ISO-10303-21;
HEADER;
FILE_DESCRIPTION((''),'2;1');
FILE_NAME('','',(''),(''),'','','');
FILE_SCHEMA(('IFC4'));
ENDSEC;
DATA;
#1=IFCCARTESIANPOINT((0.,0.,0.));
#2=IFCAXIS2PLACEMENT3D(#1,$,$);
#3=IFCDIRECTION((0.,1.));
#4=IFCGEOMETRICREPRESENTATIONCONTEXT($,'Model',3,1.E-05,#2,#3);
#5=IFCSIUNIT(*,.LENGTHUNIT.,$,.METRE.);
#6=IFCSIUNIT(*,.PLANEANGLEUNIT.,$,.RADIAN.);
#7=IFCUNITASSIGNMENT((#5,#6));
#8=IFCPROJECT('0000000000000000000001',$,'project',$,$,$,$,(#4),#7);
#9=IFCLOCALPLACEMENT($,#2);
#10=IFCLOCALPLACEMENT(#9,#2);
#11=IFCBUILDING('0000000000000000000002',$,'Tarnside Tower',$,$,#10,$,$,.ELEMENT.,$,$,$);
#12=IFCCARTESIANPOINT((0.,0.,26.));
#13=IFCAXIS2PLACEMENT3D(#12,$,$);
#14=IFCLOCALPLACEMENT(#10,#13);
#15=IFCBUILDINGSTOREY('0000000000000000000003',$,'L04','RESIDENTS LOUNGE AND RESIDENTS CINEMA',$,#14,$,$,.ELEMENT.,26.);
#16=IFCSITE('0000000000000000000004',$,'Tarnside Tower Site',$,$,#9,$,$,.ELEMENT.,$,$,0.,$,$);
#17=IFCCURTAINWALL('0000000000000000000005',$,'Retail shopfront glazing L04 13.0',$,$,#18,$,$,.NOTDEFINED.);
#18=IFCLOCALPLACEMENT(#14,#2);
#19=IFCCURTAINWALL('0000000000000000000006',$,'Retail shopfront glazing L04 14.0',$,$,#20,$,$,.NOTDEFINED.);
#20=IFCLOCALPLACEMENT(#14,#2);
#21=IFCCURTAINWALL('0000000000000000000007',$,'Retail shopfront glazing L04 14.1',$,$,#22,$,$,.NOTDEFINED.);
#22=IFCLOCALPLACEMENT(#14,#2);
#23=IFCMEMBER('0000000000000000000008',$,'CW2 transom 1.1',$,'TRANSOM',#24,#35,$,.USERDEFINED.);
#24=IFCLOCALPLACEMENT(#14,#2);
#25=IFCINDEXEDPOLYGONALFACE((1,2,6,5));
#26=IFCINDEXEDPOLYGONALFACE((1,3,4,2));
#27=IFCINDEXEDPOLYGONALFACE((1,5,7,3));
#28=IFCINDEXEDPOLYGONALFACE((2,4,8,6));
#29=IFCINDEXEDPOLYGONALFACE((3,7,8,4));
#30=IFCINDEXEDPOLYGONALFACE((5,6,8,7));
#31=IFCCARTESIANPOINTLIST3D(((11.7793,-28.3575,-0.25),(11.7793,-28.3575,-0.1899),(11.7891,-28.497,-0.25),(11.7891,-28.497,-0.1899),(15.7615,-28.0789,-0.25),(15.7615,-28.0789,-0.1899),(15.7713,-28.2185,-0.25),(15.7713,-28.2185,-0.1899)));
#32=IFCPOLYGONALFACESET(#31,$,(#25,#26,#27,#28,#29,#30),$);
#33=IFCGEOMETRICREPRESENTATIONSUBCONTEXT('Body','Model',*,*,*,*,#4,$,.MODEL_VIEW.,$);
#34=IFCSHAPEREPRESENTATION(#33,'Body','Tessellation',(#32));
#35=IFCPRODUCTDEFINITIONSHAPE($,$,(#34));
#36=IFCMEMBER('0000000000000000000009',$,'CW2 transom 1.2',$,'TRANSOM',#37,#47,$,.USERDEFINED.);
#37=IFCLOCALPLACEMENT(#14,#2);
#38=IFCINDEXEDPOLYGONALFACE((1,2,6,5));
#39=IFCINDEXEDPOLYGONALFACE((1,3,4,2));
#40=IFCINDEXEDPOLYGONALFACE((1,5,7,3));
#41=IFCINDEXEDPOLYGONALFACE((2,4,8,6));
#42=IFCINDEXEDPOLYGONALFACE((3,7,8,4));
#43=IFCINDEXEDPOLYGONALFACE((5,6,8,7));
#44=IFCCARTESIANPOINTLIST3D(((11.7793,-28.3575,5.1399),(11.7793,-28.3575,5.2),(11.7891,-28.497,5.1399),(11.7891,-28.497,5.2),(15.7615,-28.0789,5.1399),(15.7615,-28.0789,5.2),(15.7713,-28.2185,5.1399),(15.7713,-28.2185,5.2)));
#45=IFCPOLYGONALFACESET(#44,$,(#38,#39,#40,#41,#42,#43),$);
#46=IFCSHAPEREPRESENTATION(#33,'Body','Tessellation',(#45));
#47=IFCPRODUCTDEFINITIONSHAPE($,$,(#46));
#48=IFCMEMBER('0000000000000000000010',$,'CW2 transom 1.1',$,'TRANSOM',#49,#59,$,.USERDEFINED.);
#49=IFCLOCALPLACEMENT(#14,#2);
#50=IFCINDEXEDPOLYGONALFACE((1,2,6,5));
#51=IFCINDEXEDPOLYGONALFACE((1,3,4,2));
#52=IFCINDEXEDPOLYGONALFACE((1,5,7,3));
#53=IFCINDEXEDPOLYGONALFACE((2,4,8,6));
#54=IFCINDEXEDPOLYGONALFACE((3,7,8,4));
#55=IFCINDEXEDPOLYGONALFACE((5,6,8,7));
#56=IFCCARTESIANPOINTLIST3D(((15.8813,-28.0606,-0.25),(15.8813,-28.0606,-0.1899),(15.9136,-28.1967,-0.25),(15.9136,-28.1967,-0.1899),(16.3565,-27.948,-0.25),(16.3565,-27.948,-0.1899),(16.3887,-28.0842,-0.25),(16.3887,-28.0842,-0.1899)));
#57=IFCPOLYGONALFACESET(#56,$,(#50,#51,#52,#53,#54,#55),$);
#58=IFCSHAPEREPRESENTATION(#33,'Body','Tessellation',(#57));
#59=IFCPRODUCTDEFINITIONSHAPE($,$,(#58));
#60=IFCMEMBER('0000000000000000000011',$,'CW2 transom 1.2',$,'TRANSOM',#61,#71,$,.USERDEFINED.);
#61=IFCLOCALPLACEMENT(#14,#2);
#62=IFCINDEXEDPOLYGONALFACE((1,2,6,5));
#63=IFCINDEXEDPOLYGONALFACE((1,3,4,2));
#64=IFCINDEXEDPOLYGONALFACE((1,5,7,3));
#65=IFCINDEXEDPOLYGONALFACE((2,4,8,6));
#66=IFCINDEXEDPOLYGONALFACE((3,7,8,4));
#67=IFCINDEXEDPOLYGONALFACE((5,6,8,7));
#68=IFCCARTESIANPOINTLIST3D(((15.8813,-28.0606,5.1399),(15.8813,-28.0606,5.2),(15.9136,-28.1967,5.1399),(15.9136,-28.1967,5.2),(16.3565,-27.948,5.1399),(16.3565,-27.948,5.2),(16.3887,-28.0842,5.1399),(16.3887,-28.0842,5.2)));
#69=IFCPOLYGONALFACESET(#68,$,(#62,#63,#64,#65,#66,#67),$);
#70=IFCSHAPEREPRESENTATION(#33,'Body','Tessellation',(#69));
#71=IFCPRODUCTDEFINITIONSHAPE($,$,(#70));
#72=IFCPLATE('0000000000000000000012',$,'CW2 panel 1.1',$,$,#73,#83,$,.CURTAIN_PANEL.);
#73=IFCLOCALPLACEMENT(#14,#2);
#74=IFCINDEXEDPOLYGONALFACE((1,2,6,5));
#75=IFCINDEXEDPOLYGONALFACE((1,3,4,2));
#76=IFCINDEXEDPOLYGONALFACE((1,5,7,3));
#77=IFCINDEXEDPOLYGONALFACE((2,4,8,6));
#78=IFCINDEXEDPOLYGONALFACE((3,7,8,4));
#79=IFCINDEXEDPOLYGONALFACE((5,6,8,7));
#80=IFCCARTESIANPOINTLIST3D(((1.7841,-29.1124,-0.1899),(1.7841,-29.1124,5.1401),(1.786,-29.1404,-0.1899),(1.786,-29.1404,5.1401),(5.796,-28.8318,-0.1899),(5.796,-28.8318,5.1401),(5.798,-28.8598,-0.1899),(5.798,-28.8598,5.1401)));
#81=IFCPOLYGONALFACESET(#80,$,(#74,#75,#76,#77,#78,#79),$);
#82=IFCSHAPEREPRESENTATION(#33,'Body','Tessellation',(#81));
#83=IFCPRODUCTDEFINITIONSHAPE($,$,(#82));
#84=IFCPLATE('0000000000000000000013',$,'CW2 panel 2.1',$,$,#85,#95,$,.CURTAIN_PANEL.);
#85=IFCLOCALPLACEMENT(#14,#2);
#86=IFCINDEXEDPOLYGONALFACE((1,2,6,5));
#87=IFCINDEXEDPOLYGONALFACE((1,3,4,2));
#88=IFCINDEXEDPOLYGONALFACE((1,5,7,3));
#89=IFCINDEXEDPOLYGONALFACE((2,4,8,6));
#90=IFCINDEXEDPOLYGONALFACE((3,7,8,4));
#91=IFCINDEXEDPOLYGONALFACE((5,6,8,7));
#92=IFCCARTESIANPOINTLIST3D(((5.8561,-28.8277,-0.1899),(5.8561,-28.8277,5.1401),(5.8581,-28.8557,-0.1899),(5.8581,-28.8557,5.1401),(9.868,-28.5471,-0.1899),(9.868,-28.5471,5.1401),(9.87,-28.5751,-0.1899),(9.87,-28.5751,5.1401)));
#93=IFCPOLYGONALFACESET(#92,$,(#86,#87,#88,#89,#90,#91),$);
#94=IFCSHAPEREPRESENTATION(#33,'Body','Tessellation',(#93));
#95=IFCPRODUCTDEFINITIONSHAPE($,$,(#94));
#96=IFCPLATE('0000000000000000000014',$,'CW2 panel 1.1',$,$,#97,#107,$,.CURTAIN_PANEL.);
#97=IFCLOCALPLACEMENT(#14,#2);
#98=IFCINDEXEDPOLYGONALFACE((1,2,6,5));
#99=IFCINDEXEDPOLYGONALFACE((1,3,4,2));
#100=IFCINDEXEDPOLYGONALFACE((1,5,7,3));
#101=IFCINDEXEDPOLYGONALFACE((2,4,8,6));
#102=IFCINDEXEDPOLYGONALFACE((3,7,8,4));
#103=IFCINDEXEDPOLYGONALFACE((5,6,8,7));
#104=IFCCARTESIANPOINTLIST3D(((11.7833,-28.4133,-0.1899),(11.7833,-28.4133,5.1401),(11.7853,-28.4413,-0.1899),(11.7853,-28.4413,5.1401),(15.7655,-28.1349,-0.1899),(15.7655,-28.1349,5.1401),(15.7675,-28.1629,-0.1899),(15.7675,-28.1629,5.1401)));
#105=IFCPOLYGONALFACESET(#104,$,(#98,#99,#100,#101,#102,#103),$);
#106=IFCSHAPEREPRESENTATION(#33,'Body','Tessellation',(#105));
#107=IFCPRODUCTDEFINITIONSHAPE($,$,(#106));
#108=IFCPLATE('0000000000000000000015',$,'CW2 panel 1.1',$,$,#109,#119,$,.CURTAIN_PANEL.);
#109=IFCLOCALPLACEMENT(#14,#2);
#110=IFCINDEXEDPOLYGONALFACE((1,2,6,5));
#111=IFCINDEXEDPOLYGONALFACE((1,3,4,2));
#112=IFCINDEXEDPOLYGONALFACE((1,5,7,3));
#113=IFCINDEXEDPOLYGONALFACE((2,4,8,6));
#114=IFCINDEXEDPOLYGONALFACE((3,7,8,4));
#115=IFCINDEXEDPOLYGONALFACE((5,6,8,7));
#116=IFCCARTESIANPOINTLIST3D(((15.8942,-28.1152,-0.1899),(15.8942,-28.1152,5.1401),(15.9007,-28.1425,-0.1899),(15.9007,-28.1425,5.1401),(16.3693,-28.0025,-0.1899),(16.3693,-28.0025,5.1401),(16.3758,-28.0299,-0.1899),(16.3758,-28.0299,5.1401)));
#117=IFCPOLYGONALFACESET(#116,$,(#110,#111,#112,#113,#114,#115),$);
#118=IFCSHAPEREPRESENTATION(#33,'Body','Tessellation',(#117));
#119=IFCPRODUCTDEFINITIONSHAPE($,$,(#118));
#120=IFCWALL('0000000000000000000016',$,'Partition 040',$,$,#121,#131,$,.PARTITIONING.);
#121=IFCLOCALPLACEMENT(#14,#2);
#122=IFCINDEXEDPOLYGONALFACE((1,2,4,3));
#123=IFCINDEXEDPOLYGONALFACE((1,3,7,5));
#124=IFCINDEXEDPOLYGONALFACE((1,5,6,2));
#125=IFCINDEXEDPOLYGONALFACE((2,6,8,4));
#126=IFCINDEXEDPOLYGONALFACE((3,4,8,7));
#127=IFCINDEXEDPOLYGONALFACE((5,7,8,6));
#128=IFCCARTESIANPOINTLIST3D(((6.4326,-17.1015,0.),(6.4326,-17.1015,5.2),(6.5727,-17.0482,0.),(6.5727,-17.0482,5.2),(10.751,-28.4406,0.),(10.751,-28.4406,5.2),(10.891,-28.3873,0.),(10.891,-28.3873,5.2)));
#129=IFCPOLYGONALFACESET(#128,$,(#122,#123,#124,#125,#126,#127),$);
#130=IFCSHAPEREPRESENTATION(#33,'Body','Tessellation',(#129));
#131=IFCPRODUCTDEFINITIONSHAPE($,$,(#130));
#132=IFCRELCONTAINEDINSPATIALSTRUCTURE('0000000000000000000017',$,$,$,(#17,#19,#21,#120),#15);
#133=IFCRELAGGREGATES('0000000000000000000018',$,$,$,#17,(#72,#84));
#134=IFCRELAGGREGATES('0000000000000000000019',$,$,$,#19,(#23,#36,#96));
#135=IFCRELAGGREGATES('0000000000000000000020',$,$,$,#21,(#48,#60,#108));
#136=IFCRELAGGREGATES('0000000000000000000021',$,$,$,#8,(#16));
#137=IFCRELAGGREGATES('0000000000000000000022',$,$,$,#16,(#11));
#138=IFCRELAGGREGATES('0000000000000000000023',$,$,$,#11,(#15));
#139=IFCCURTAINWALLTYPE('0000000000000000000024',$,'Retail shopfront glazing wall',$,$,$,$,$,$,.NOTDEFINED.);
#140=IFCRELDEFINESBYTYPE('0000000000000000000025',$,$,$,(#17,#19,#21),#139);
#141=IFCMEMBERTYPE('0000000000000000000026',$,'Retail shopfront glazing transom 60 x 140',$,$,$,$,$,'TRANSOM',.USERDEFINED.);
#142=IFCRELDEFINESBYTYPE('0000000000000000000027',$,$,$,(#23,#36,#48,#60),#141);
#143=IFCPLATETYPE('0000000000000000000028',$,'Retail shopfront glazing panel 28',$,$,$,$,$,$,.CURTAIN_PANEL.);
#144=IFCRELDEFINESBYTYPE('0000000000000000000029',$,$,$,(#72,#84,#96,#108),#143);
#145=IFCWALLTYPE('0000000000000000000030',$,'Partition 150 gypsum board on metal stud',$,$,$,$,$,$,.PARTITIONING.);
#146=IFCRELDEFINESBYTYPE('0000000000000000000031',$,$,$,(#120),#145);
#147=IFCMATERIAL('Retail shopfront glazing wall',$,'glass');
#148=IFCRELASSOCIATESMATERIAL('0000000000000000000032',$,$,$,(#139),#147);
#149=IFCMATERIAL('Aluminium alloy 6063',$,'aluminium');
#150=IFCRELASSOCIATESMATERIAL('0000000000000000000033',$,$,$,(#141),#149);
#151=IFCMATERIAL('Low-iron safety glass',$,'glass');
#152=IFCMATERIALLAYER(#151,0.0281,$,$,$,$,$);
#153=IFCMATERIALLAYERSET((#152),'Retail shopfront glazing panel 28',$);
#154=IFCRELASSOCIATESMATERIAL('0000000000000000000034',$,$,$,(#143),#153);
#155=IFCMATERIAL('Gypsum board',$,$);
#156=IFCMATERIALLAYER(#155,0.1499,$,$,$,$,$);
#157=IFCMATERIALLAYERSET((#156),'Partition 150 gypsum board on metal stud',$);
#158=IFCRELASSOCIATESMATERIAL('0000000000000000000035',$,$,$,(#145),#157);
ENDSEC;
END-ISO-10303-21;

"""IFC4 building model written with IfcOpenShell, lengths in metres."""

from ifc_helpers import new_model, si_unit, direction, frame, frame_2d, origin, origin_2d, place, context, subcontext, project, spatial, rectangle, extrude, material, layer, layer_set, material_profile, profile_set, type_object, element, aggregate, save


model = new_model("IFC4")

# Units and contexts
model_context = context("Model", 3, precision=1e-05, world=origin(), true_north=direction((0.0, 1.0)))
body_context = subcontext(model_context, "Body", "Model", "MODEL_VIEW")
ifc_project = project(units=[si_unit("LENGTHUNIT", "METRE"), si_unit("PLANEANGLEUNIT", "RADIAN")], contexts=[model_context])

# Site, building, storey
site_placement = place(None, origin())
site = spatial("IfcSite", under=ifc_project, at=site_placement, Name="Tarnside Tower Site", CompositionType="ELEMENT", RefElevation=0.0)
building_placement = place(site_placement, origin())
building = spatial("IfcBuilding", under=site, at=building_placement, Name="Tarnside Tower", CompositionType="ELEMENT")
storey_placement = place(building_placement, frame((0.0, 0.0, 26.0)))
storey = spatial("IfcBuildingStorey", under=building, at=storey_placement, Name="L04", Description="RESIDENTS LOUNGE AND RESIDENTS CINEMA", CompositionType="ELEMENT", Elevation=26.0)

# Curtain walls
ifc_material_1 = material(Name="Retail shopfront glazing wall", Category="glass")
curtain_wall_type = type_object("IfcCurtainWallType", Name="Retail shopfront glazing wall", PredefinedType="NOTDEFINED", material=ifc_material_1)
curtain_wall_1_placement = place(storey_placement, origin())
curtain_wall_1 = element("IfcCurtainWall", 1, at=curtain_wall_1_placement, inside=storey, type_object=curtain_wall_type, Name="Retail shopfront glazing L04 13.0", PredefinedType="NOTDEFINED")
ifc_material_2 = material(Name="Aluminium alloy 6063", Category="aluminium")
curtain_wall_2_placement = place(storey_placement, origin())
curtain_wall_2 = element("IfcCurtainWall", 2, at=curtain_wall_2_placement, inside=storey, type_object=curtain_wall_type, Name="Retail shopfront glazing L04 14.0", PredefinedType="NOTDEFINED")
curtain_wall_3_placement = place(storey_placement, origin())
curtain_wall_3 = element("IfcCurtainWall", 3, at=curtain_wall_3_placement, inside=storey, type_object=curtain_wall_type, Name="Retail shopfront glazing L04 14.1", PredefinedType="NOTDEFINED")

# Members
ifc_material_profile_1 = material_profile(ifc_material_2, rectangle(XDim=0.1399, YDim=0.0601, at=origin_2d()), Name="Retail shopfront glazing transom 60 x 140")
ifc_profile_set_1 = profile_set([ifc_material_profile_1], Name="Aluminium alloy 6063")
member_type_1 = type_object("IfcMemberType", Name="Retail shopfront glazing transom 60 x 140", ElementType="TRANSOM", PredefinedType="USERDEFINED", material=ifc_profile_set_1)
member_1_placement = place(storey_placement, frame((11.7842, -28.4272, -0.22), z_axis=(0.997562, 0.069782, 0.0), x_axis=(-0.069782, 0.997562, 0.0)))
member_1 = element("IfcMember", 4, at=member_1_placement, type_object=member_type_1, Name="CW2 transom 1.1", ObjectType="TRANSOM", PredefinedType="USERDEFINED", context=body_context, shape_type="SweptSolid", body=[
    extrude(rectangle(XDim=0.1399, YDim=0.0601, at=origin_2d()), origin(), (0.0, 0.0, 1.0), 3.9919),
])
member_2_placement = place(storey_placement, frame((11.7842, -28.4272, 5.1699), z_axis=(0.997562, 0.069782, 0.0), x_axis=(-0.069782, 0.997562, 0.0)))
member_2 = element("IfcMember", 5, at=member_2_placement, type_object=member_type_1, Name="CW2 transom 1.2", ObjectType="TRANSOM", PredefinedType="USERDEFINED", context=body_context, shape_type="SweptSolid", body=[
    extrude(rectangle(XDim=0.1399, YDim=0.0601, at=origin_2d()), origin(), (0.0, 0.0, 1.0), 3.9919),
])
member_3_placement = place(storey_placement, frame((15.8975, -28.1287, -0.22), z_axis=(0.973068, 0.230516, 0.0), x_axis=(-0.230516, 0.973068, 0.0)))
member_3 = element("IfcMember", 6, at=member_3_placement, type_object=member_type_1, Name="CW2 transom 1.1", ObjectType="TRANSOM", PredefinedType="USERDEFINED", context=body_context, shape_type="SweptSolid", body=[
    extrude(rectangle(XDim=0.1399, YDim=0.0601, at=origin_2d()), origin(), (0.0, 0.0, 1.0), 0.4883),
])
member_4_placement = place(storey_placement, frame((15.8975, -28.1287, 5.1699), z_axis=(0.973068, 0.230516, 0.0), x_axis=(-0.230516, 0.973068, 0.0)))
member_4 = element("IfcMember", 7, at=member_4_placement, type_object=member_type_1, Name="CW2 transom 1.2", ObjectType="TRANSOM", PredefinedType="USERDEFINED", context=body_context, shape_type="SweptSolid", body=[
    extrude(rectangle(XDim=0.1399, YDim=0.0601, at=origin_2d()), origin(), (0.0, 0.0, 1.0), 0.4883),
])

# Plates
ifc_material_3 = material(Name="Low-iron safety glass", Category="glass")
ifc_layer_1 = layer(ifc_material_3, 0.0281)
ifc_layer_set_1 = layer_set([ifc_layer_1], Name="Retail shopfront glazing panel 28")
plate_type = type_object("IfcPlateType", Name="Retail shopfront glazing panel 28", PredefinedType="CURTAIN_PANEL", material=ifc_layer_set_1)
plate_1_placement = place(storey_placement, frame((3.791, -28.9861, -0.1899), z_axis=(0.0, 0.0, 1.0), x_axis=(0.997564, 0.069756, 0.0)))
plate_1 = element("IfcPlate", 8, at=plate_1_placement, type_object=plate_type, Name="CW2 panel 1.1", PredefinedType="CURTAIN_PANEL", context=body_context, shape_type="SweptSolid", body=[
    extrude(rectangle(XDim=4.0217, YDim=0.0281, at=origin_2d()), origin(), (0.0, 0.0, 1.0), 5.3301),
])
plate_2_placement = place(storey_placement, frame((7.863, -28.7014, -0.1899), z_axis=(0.0, 0.0, 1.0), x_axis=(0.997564, 0.069756, 0.0)))
plate_2 = element("IfcPlate", 9, at=plate_2_placement, type_object=plate_type, Name="CW2 panel 2.1", PredefinedType="CURTAIN_PANEL", context=body_context, shape_type="SweptSolid", body=[
    extrude(rectangle(XDim=4.0217, YDim=0.0281, at=origin_2d()), origin(), (0.0, 0.0, 1.0), 5.3301),
])
aggregate(curtain_wall_1, [plate_1, plate_2])
plate_3_placement = place(storey_placement, frame((13.7754, -28.2881, -0.1899), z_axis=(0.0, 0.0, 1.0), x_axis=(0.997564, 0.069756, 0.0)))
plate_3 = element("IfcPlate", 10, at=plate_3_placement, type_object=plate_type, Name="CW2 panel 1.1", PredefinedType="CURTAIN_PANEL", context=body_context, shape_type="SweptSolid", body=[
    extrude(rectangle(XDim=3.9919, YDim=0.0281, at=origin_2d()), origin(), (0.0, 0.0, 1.0), 5.3301),
])
aggregate(curtain_wall_2, [member_1, member_2, plate_3])
plate_4_placement = place(storey_placement, frame((16.135, -28.0725, -0.1899), z_axis=(0.0, 0.0, 1.0), x_axis=(0.973045, 0.230616, 0.0)))
plate_4 = element("IfcPlate", 11, at=plate_4_placement, type_object=plate_type, Name="CW2 panel 1.1", PredefinedType="CURTAIN_PANEL", context=body_context, shape_type="SweptSolid", body=[
    extrude(rectangle(XDim=0.4883, YDim=0.0281, at=origin_2d()), origin(), (0.0, 0.0, 1.0), 5.3301),
])
aggregate(curtain_wall_3, [member_3, member_4, plate_4])

# Wall
ifc_material_4 = material(Name="Gypsum board")
ifc_layer_2 = layer(ifc_material_4, 0.1499)
ifc_layer_set_2 = layer_set([ifc_layer_2], Name="Partition 150 gypsum board on metal stud")
wall_type = type_object("IfcWallType", Name="Partition 150 gypsum board on metal stud", PredefinedType="PARTITIONING", material=ifc_layer_set_2)
wall_placement = place(storey_placement, frame((10.821, -28.4141, 0.0), z_axis=(0.0, 0.0, 1.0), x_axis=(-0.355902, 0.934523, 0.0)))
element("IfcWall", 12, at=wall_placement, inside=storey, type_object=wall_type, Name="Partition 040", PredefinedType="PARTITIONING", context=body_context, shape_type="SweptSolid", body=[
    extrude(rectangle(XDim=12.1335, YDim=0.1499, at=frame_2d((6.0669, 0.0))), origin(), (0.0, 0.0, 1.0), 5.2),
])

save(model, "model.ifc")
